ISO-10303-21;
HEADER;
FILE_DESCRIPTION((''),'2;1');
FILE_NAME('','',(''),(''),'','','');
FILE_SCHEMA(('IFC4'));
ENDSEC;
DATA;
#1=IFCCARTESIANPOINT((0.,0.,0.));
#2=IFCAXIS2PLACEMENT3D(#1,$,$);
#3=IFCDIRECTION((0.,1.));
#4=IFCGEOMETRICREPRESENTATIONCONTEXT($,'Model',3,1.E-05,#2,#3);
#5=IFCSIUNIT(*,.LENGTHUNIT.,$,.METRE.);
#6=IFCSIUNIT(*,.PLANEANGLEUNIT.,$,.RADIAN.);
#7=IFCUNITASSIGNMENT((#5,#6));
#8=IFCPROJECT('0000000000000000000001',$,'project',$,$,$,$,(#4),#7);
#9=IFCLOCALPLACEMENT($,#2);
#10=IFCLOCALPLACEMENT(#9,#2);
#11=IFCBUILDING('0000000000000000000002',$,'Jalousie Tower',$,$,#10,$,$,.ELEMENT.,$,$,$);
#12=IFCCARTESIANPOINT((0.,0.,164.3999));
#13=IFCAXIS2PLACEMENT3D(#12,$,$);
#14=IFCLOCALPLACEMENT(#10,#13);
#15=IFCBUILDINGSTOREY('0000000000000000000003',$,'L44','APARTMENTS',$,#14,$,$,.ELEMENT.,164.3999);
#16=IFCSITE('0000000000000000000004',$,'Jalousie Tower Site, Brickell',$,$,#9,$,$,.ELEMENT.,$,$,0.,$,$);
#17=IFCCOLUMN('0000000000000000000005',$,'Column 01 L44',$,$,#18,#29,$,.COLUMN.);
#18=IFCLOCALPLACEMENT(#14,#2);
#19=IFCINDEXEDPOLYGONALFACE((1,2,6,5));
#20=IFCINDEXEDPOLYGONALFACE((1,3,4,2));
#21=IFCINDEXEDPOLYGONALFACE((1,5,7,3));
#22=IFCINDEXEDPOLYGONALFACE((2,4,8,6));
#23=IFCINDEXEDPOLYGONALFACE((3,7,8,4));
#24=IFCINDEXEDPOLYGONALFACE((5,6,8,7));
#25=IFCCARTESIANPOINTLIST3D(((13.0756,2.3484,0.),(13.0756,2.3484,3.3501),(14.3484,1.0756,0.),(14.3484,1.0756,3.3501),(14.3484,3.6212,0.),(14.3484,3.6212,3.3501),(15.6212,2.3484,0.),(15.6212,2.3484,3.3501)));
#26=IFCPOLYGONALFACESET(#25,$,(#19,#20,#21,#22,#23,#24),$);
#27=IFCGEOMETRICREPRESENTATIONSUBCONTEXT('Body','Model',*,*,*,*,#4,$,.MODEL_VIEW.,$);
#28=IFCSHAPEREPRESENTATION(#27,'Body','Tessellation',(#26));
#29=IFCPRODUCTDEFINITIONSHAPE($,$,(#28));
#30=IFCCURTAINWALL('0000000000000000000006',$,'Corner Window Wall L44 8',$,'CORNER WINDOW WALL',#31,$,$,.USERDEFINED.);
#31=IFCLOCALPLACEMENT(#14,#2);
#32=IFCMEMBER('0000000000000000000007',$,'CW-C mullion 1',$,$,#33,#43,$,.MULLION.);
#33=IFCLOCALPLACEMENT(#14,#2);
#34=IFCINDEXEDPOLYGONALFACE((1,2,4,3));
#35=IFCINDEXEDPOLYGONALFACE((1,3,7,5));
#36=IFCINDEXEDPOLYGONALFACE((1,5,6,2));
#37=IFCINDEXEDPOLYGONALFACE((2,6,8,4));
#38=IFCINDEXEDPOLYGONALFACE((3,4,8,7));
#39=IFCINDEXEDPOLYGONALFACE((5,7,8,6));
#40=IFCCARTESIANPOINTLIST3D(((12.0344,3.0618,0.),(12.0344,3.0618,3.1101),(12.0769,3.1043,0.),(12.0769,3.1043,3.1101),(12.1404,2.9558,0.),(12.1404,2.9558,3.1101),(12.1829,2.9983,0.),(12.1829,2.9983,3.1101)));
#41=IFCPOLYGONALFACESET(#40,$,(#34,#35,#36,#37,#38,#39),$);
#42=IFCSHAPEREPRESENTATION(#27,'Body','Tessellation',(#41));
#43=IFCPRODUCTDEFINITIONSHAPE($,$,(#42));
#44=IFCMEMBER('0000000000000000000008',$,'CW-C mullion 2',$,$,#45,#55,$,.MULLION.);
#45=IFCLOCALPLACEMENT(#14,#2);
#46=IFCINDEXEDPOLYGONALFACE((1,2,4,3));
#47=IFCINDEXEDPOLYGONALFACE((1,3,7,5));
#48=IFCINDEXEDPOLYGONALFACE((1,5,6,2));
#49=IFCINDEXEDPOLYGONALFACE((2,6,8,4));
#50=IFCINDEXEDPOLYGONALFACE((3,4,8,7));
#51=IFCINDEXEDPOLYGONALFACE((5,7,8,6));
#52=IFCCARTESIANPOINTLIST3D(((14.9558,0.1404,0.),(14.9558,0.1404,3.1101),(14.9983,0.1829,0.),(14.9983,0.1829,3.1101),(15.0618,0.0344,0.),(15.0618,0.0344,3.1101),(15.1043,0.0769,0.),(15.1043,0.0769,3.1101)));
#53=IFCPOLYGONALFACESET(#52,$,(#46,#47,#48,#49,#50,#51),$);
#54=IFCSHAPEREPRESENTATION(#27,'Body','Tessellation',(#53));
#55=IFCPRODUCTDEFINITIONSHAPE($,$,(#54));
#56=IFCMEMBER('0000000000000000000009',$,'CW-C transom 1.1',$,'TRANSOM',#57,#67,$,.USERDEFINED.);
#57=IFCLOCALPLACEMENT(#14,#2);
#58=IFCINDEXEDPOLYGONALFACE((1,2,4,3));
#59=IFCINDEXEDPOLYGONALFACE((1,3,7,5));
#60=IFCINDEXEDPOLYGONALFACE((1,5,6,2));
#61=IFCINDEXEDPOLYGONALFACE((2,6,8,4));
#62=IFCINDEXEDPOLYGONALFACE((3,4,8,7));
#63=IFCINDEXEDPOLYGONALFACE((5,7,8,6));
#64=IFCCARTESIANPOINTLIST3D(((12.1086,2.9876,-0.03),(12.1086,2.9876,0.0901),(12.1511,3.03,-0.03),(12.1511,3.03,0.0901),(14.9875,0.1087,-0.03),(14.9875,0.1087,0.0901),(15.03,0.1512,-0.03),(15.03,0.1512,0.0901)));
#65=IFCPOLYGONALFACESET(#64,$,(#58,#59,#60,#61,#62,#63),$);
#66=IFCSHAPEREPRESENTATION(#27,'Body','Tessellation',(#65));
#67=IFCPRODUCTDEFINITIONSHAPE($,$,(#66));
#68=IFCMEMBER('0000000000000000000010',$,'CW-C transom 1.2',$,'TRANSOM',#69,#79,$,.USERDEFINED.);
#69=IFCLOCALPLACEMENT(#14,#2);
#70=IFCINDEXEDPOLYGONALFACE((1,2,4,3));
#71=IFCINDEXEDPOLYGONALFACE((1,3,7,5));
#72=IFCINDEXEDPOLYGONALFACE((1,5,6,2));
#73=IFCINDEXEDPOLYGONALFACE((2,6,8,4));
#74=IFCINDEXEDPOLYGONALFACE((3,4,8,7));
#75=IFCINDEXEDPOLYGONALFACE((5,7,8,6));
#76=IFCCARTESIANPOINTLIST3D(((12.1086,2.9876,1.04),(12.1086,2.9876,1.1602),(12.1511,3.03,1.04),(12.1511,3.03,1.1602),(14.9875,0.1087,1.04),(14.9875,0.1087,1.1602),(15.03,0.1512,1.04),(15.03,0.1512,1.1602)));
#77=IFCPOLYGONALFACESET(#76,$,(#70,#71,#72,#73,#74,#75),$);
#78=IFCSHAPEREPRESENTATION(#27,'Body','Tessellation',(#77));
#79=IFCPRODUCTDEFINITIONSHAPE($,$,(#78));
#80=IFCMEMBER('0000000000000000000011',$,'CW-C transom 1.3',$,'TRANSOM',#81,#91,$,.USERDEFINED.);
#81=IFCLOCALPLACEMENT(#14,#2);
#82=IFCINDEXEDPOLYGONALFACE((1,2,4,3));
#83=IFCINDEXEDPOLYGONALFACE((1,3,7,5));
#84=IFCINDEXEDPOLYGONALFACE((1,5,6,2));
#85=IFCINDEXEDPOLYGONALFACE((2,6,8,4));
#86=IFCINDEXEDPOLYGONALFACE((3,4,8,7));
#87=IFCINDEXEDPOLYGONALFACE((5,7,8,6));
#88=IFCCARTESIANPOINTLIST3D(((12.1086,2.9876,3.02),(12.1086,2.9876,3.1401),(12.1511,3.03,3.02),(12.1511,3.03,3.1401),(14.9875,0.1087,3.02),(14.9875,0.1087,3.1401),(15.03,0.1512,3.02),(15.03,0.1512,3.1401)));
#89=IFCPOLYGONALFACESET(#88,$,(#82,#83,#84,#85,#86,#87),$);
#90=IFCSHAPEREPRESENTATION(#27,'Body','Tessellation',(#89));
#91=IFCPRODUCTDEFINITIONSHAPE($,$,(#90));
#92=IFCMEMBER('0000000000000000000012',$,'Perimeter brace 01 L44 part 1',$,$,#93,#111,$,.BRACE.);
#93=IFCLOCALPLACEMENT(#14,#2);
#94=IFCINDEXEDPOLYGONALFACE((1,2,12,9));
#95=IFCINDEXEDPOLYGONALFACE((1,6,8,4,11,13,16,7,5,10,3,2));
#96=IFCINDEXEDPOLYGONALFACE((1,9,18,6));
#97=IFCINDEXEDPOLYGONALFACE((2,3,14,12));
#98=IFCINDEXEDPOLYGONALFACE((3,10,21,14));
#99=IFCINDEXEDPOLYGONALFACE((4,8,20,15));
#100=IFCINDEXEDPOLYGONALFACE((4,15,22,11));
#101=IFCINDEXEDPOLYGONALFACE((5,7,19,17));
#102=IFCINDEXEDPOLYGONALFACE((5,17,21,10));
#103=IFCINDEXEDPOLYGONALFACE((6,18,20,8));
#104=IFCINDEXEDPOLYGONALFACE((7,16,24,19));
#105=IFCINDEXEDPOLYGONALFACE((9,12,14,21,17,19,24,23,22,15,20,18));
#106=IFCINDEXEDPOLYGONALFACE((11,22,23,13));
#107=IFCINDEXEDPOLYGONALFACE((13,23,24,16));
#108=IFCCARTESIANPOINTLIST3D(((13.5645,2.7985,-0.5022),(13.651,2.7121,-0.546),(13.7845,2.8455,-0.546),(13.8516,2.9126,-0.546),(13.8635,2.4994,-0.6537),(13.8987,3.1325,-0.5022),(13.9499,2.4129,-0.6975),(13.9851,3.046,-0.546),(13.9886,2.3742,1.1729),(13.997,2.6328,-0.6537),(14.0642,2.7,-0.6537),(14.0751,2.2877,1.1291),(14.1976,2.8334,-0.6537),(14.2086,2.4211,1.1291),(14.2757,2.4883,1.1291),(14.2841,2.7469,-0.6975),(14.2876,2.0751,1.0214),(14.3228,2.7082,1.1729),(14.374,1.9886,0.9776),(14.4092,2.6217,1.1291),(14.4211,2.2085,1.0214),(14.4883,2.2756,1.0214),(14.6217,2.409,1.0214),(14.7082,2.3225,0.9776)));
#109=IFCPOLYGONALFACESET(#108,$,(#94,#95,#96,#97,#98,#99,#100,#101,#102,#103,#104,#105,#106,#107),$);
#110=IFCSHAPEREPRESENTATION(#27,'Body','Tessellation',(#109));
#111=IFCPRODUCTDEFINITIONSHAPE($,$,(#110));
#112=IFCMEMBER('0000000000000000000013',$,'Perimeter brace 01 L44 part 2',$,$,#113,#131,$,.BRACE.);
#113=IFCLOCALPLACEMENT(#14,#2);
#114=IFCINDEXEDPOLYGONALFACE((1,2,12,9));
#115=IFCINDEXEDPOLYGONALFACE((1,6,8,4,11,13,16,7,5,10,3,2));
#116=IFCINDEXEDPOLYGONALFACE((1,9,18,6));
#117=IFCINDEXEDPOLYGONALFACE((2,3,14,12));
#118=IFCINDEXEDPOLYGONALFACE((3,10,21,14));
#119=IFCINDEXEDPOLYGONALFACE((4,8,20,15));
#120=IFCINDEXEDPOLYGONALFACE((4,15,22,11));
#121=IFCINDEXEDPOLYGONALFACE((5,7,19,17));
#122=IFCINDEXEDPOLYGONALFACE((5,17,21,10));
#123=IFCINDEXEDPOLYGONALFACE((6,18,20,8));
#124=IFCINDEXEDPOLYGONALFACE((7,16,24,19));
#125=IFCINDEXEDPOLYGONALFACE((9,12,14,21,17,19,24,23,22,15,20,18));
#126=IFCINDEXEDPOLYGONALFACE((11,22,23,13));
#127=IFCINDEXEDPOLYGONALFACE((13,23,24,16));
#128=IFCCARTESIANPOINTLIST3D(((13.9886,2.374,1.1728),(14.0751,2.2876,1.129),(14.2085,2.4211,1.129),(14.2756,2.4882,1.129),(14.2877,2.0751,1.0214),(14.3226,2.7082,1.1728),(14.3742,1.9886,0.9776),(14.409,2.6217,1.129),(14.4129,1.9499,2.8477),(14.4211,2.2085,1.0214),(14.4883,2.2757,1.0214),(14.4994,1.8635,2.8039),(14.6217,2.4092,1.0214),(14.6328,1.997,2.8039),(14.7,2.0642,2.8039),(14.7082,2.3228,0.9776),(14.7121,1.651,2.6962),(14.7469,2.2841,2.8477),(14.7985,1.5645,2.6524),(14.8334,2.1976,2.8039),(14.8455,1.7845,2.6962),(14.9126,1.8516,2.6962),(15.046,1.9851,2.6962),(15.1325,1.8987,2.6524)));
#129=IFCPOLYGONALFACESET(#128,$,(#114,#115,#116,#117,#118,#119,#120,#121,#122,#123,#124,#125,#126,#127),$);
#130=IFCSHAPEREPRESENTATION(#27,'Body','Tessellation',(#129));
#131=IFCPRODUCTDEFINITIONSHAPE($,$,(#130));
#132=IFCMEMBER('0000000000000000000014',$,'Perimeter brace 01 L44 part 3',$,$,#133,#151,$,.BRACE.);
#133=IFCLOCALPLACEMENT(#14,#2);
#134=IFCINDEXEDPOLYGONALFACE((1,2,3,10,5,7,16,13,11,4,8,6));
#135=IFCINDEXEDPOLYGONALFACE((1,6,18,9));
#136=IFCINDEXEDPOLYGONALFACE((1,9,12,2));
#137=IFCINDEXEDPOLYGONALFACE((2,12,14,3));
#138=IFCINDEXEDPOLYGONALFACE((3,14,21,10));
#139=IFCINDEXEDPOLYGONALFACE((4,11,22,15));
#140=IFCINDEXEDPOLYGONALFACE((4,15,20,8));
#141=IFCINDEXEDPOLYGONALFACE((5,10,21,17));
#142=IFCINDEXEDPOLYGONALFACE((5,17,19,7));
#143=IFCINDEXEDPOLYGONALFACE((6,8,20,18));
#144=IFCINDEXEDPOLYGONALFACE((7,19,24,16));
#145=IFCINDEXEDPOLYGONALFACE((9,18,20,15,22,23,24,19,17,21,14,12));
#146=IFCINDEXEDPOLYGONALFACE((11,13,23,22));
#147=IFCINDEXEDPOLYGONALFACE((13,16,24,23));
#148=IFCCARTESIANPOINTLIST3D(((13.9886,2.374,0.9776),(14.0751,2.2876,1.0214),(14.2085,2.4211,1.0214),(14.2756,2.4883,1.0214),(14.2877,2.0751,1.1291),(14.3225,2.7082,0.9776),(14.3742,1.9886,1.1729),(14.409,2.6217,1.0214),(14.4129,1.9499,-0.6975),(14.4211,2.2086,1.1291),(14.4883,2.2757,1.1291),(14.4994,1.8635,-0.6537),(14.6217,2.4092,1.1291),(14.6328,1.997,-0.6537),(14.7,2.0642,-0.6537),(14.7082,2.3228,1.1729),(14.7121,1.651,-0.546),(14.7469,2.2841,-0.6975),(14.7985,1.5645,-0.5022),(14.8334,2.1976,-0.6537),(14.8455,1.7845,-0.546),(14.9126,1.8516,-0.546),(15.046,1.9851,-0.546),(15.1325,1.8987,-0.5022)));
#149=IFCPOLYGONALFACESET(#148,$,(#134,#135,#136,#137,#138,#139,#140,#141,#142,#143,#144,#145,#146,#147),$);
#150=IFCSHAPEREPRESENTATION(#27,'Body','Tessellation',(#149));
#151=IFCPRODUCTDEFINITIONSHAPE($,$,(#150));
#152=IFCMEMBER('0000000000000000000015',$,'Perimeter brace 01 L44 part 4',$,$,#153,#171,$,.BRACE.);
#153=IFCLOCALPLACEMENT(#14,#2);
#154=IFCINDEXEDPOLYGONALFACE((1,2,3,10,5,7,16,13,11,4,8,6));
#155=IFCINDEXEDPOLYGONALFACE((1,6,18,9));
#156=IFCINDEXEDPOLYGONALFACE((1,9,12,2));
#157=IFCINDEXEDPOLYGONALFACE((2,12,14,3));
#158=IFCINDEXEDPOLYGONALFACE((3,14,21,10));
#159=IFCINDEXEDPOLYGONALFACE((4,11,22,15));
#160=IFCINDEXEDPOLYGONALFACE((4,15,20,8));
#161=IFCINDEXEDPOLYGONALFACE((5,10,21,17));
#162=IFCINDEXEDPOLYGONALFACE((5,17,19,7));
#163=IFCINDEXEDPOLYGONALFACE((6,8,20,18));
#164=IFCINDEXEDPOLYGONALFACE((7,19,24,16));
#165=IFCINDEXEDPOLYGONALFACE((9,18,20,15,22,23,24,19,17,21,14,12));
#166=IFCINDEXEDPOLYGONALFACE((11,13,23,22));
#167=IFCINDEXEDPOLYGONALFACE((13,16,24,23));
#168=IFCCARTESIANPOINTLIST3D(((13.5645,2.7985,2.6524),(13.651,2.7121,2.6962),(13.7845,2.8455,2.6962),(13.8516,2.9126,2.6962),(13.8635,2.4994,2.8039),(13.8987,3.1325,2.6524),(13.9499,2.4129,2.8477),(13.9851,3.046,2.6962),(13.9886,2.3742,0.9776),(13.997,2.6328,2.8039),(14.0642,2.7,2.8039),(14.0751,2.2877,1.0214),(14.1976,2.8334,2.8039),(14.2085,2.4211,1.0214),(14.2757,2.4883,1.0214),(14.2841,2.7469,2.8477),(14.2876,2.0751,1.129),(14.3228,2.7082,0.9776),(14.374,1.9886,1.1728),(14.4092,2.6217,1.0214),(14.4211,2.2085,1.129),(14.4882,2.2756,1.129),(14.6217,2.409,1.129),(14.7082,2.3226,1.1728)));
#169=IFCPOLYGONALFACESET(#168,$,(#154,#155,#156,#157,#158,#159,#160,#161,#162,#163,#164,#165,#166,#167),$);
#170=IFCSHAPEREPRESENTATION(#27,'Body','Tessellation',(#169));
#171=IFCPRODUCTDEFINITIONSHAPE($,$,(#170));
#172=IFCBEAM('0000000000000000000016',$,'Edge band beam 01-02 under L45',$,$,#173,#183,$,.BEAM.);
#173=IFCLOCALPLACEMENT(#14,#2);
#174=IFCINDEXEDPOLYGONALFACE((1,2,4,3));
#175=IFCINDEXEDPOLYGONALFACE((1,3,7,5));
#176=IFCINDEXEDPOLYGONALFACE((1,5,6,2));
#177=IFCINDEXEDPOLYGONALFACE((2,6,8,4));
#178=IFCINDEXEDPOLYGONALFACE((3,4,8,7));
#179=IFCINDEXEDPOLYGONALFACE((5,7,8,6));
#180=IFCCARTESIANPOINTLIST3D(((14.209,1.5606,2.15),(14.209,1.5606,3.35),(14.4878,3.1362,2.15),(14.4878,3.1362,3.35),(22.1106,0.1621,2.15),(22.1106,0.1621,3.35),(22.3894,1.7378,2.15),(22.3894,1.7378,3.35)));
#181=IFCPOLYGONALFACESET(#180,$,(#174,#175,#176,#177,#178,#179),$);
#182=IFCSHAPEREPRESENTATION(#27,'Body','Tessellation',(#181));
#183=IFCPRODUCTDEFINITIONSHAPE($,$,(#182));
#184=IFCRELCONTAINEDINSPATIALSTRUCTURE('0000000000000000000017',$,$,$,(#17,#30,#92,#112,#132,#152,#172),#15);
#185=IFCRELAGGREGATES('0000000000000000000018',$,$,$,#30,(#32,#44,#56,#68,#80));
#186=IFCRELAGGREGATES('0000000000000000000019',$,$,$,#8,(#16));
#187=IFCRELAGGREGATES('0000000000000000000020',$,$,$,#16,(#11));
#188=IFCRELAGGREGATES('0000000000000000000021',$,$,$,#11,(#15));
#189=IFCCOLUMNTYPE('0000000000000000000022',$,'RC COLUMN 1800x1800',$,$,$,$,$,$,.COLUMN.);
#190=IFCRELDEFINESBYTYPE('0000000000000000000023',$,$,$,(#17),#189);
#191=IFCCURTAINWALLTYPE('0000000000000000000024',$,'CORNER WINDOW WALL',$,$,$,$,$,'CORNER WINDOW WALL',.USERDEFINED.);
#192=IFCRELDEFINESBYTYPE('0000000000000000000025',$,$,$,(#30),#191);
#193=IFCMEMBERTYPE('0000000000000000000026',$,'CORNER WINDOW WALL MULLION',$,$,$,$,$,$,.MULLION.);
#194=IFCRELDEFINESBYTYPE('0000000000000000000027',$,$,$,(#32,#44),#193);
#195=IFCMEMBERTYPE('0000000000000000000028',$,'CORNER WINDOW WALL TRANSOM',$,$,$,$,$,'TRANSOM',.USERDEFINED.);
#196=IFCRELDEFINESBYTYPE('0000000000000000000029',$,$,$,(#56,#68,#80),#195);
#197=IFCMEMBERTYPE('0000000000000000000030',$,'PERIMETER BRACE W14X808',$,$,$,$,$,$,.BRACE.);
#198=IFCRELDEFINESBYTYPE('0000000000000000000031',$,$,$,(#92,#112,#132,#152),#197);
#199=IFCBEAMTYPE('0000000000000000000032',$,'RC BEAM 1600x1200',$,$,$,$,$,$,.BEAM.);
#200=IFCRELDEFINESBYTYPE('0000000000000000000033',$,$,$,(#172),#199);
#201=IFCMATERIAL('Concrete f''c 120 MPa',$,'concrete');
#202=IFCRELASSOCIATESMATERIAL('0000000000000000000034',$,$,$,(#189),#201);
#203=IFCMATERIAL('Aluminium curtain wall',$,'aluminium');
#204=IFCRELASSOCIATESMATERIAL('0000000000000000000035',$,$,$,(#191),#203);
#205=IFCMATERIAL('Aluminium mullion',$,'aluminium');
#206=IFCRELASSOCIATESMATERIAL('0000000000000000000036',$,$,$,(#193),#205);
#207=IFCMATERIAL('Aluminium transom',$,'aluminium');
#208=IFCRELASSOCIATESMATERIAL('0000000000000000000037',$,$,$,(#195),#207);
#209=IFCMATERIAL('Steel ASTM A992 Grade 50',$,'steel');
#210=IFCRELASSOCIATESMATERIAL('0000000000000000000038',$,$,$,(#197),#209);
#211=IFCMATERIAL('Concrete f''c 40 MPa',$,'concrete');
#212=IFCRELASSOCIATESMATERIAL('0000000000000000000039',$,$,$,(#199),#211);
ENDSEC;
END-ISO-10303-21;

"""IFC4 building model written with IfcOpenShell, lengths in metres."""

from ifc_helpers import new_model, si_unit, direction, frame, origin, origin_2d, place, context, subcontext, project, spatial, rectangle, i_section, extrude, material, material_profile, profile_set, type_object, element, aggregate, save


model = new_model("IFC4")

# Units and contexts
model_context = context("Model", 3, precision=1e-05, world=origin(), true_north=direction((0.0, 1.0)))
body_context = subcontext(model_context, "Body", "Model", "MODEL_VIEW")
ifc_project = project(units=[si_unit("LENGTHUNIT", "METRE"), si_unit("PLANEANGLEUNIT", "RADIAN")], contexts=[model_context])

# Site, building, storey
site_placement = place(None, origin())
site = spatial("IfcSite", under=ifc_project, at=site_placement, Name="Jalousie Tower Site, Brickell", CompositionType="ELEMENT", RefElevation=0.0)
building_placement = place(site_placement, origin())
building = spatial("IfcBuilding", under=site, at=building_placement, Name="Jalousie Tower", CompositionType="ELEMENT")
storey_placement = place(building_placement, frame((0.0, 0.0, 164.3999)))
storey = spatial("IfcBuildingStorey", under=building, at=storey_placement, Name="L44", Description="APARTMENTS", CompositionType="ELEMENT", Elevation=164.3999)

# Column
ifc_material_1 = material(Name="Concrete f'c 120 MPa", Category="concrete")
ifc_material_profile_1 = material_profile(ifc_material_1, rectangle(XDim=1.8, YDim=1.8, at=origin_2d()), Name="RC 1800x1800")
ifc_profile_set_1 = profile_set([ifc_material_profile_1], Name="Concrete f'c 120 MPa")
column_type = type_object("IfcColumnType", Name="RC COLUMN 1800x1800", PredefinedType="COLUMN", material=ifc_profile_set_1)
column_placement = place(storey_placement, frame((14.3484, 2.3484, 0.0), z_axis=(0.0, 0.0, 1.0), x_axis=(0.707107, 0.707107, 0.0)))
element("IfcColumn", 1, at=column_placement, inside=storey, type_object=column_type, Name="Column 01 L44", PredefinedType="COLUMN", context=body_context, shape_type="SweptSolid", body=[
    extrude(rectangle(XDim=1.8, YDim=1.8, at=origin_2d()), origin(), (0.0, 0.0, 1.0), 3.3501),
])

# Curtain wall, members
ifc_material_2 = material(Name="Aluminium curtain wall", Category="aluminium")
curtain_wall_type_1 = type_object("IfcCurtainWallType", Name="CORNER WINDOW WALL", ElementType="CORNER WINDOW WALL", PredefinedType="USERDEFINED", material=ifc_material_2)
curtain_wall_1_placement = place(storey_placement, origin())
curtain_wall_1 = element("IfcCurtainWall", 2, at=curtain_wall_1_placement, inside=storey, type_object=curtain_wall_type_1, Name="Corner Window Wall L44 8", ObjectType="CORNER WINDOW WALL", PredefinedType="USERDEFINED")
ifc_material_3 = material(Name="Aluminium mullion", Category="aluminium")
ifc_material_profile_2 = material_profile(ifc_material_3, rectangle(XDim=0.0601, YDim=0.1499, at=origin_2d()), Name="MULLION 60x150")
ifc_profile_set_2 = profile_set([ifc_material_profile_2], Name="Aluminium mullion")
member_type_1 = type_object("IfcMemberType", Name="CORNER WINDOW WALL MULLION", PredefinedType="MULLION", material=ifc_profile_set_2)
member_1_placement = place(storey_placement, frame((12.1086, 3.03, 0.0), z_axis=(0.0, 0.0, 1.0), x_axis=(0.707107, 0.707107, 0.0)))
member_1 = element("IfcMember", 3, at=member_1_placement, type_object=member_type_1, Name="CW-C mullion 1", PredefinedType="MULLION", context=body_context, shape_type="SweptSolid", body=[
    extrude(rectangle(XDim=0.0601, YDim=0.1499, at=origin_2d()), origin(), (0.0, 0.0, 1.0), 3.1101),
])
member_2_placement = place(storey_placement, frame((15.03, 0.1086, 0.0), z_axis=(0.0, 0.0, 1.0), x_axis=(0.707107, 0.707107, 0.0)))
member_2 = element("IfcMember", 4, at=member_2_placement, type_object=member_type_1, Name="CW-C mullion 2", PredefinedType="MULLION", context=body_context, shape_type="SweptSolid", body=[
    extrude(rectangle(XDim=0.0601, YDim=0.1499, at=origin_2d()), origin(), (0.0, 0.0, 1.0), 3.1101),
])
ifc_material_4 = material(Name="Aluminium transom", Category="aluminium")
ifc_material_profile_3 = material_profile(ifc_material_4, rectangle(XDim=0.0601, YDim=0.1201, at=origin_2d()), Name="TRANSOM 60x120")
ifc_profile_set_3 = profile_set([ifc_material_profile_3], Name="Aluminium transom")
member_type_2 = type_object("IfcMemberType", Name="CORNER WINDOW WALL TRANSOM", ElementType="TRANSOM", PredefinedType="USERDEFINED", material=ifc_profile_set_3)
member_3_placement = place(storey_placement, frame((12.1299, 3.0088, 0.03), z_axis=(0.707107, -0.707107, 0.0), x_axis=(0.707107, 0.707107, 0.0)))
member_3 = element("IfcMember", 5, at=member_3_placement, type_object=member_type_2, Name="CW-C transom 1.1", ObjectType="TRANSOM", PredefinedType="USERDEFINED", context=body_context, shape_type="SweptSolid", body=[
    extrude(rectangle(XDim=0.0601, YDim=0.1201, at=origin_2d()), origin(), (0.0, 0.0, 1.0), 4.0713),
])
member_4_placement = place(storey_placement, frame((12.1299, 3.0088, 1.1001), z_axis=(0.707107, -0.707107, 0.0), x_axis=(0.707107, 0.707107, 0.0)))
member_4 = element("IfcMember", 6, at=member_4_placement, type_object=member_type_2, Name="CW-C transom 1.2", ObjectType="TRANSOM", PredefinedType="USERDEFINED", context=body_context, shape_type="SweptSolid", body=[
    extrude(rectangle(XDim=0.0601, YDim=0.1201, at=origin_2d()), origin(), (0.0, 0.0, 1.0), 4.0713),
])
member_5_placement = place(storey_placement, frame((12.1299, 3.0088, 3.0801), z_axis=(0.707107, -0.707107, 0.0), x_axis=(0.707107, 0.707107, 0.0)))
member_5 = element("IfcMember", 7, at=member_5_placement, type_object=member_type_2, Name="CW-C transom 1.3", ObjectType="TRANSOM", PredefinedType="USERDEFINED", context=body_context, shape_type="SweptSolid", body=[
    extrude(rectangle(XDim=0.0601, YDim=0.1201, at=origin_2d()), origin(), (0.0, 0.0, 1.0), 4.0713),
])

# Members
ifc_material_5 = material(Name="Steel ASTM A992 Grade 50", Category="steel")
ifc_material_profile_4 = material_profile(ifc_material_5, i_section(OverallWidth=0.4724, OverallDepth=0.5791, WebThickness=0.095, FlangeThickness=0.1299, at=origin_2d()), Name="W14X808")
ifc_profile_set_4 = profile_set([ifc_material_profile_4], Name="Steel ASTM A992 Grade 50")
member_type_3 = type_object("IfcMemberType", Name="PERIMETER BRACE W14X808", PredefinedType="BRACE", material=ifc_profile_set_4)
member_6_placement = place(storey_placement, frame((13.9243, 2.7727, -0.5999), z_axis=(0.238346, -0.238483, 0.941444), x_axis=(0.70731, 0.706903, 0.0)))
element("IfcMember", 8, at=member_6_placement, inside=storey, type_object=member_type_3, Name="Perimeter brace 01 L44 part 1", PredefinedType="BRACE", context=body_context, shape_type="SweptSolid", body=[
    extrude(i_section(OverallWidth=0.4724, OverallDepth=0.5791, WebThickness=0.095, FlangeThickness=0.1299, at=origin_2d()), origin(), (0.0, 0.0, 1.0), 1.7793),
])
member_7_placement = place(storey_placement, frame((14.3484, 2.3484, 1.0752), z_axis=(0.238514, -0.238376, 0.941429), x_axis=(0.706903, 0.70731, 0.0)))
element("IfcMember", 9, at=member_7_placement, inside=storey, type_object=member_type_3, Name="Perimeter brace 01 L44 part 2", PredefinedType="BRACE", context=body_context, shape_type="SweptSolid", body=[
    extrude(i_section(OverallWidth=0.4724, OverallDepth=0.5791, WebThickness=0.095, FlangeThickness=0.1299, at=origin_2d()), origin(), (0.0, 0.0, 1.0), 1.7791),
])
member_8_placement = place(storey_placement, frame((14.7727, 1.9243, -0.5999), z_axis=(-0.238483, 0.238346, 0.941444), x_axis=(-0.706903, -0.70731, 0.0)))
element("IfcMember", 10, at=member_8_placement, inside=storey, type_object=member_type_3, Name="Perimeter brace 01 L44 part 3", PredefinedType="BRACE", context=body_context, shape_type="SweptSolid", body=[
    extrude(i_section(OverallWidth=0.4724, OverallDepth=0.5791, WebThickness=0.095, FlangeThickness=0.1299, at=origin_2d()), origin(), (0.0, 0.0, 1.0), 1.7793),
])
member_9_placement = place(storey_placement, frame((14.3484, 2.3484, 1.0752), z_axis=(-0.238376, 0.238514, 0.941429), x_axis=(-0.70731, -0.706903, 0.0)))
element("IfcMember", 11, at=member_9_placement, inside=storey, type_object=member_type_3, Name="Perimeter brace 01 L44 part 4", PredefinedType="BRACE", context=body_context, shape_type="SweptSolid", body=[
    extrude(i_section(OverallWidth=0.4724, OverallDepth=0.5791, WebThickness=0.095, FlangeThickness=0.1299, at=origin_2d()), origin(), (0.0, 0.0, 1.0), 1.7791),
])

# Beam
ifc_material_6 = material(Name="Concrete f'c 40 MPa", Category="concrete")
ifc_material_profile_5 = material_profile(ifc_material_6, rectangle(XDim=1.6001, YDim=1.2, at=origin_2d()), Name="RC 1600x1200")
ifc_profile_set_5 = profile_set([ifc_material_profile_5], Name="Concrete f'c 40 MPa")
beam_type = type_object("IfcBeamType", Name="RC BEAM 1600x1200", PredefinedType="BEAM", material=ifc_profile_set_5)
beam_placement = place(storey_placement, frame((14.3484, 2.3484, 2.75), z_axis=(0.984697, -0.174273, 0.0), x_axis=(0.174273, 0.984697, 0.0)))
element("IfcBeam", 12, at=beam_placement, inside=storey, type_object=beam_type, Name="Edge band beam 01-02 under L45", PredefinedType="BEAM", context=body_context, shape_type="SweptSolid", body=[
    extrude(rectangle(XDim=1.6001, YDim=1.2, at=origin_2d()), origin(), (0.0, 0.0, 1.0), 8.0244),
])

aggregate(curtain_wall_1, [member_1, member_2, member_3, member_4, member_5])

save(model, "model.ifc")
